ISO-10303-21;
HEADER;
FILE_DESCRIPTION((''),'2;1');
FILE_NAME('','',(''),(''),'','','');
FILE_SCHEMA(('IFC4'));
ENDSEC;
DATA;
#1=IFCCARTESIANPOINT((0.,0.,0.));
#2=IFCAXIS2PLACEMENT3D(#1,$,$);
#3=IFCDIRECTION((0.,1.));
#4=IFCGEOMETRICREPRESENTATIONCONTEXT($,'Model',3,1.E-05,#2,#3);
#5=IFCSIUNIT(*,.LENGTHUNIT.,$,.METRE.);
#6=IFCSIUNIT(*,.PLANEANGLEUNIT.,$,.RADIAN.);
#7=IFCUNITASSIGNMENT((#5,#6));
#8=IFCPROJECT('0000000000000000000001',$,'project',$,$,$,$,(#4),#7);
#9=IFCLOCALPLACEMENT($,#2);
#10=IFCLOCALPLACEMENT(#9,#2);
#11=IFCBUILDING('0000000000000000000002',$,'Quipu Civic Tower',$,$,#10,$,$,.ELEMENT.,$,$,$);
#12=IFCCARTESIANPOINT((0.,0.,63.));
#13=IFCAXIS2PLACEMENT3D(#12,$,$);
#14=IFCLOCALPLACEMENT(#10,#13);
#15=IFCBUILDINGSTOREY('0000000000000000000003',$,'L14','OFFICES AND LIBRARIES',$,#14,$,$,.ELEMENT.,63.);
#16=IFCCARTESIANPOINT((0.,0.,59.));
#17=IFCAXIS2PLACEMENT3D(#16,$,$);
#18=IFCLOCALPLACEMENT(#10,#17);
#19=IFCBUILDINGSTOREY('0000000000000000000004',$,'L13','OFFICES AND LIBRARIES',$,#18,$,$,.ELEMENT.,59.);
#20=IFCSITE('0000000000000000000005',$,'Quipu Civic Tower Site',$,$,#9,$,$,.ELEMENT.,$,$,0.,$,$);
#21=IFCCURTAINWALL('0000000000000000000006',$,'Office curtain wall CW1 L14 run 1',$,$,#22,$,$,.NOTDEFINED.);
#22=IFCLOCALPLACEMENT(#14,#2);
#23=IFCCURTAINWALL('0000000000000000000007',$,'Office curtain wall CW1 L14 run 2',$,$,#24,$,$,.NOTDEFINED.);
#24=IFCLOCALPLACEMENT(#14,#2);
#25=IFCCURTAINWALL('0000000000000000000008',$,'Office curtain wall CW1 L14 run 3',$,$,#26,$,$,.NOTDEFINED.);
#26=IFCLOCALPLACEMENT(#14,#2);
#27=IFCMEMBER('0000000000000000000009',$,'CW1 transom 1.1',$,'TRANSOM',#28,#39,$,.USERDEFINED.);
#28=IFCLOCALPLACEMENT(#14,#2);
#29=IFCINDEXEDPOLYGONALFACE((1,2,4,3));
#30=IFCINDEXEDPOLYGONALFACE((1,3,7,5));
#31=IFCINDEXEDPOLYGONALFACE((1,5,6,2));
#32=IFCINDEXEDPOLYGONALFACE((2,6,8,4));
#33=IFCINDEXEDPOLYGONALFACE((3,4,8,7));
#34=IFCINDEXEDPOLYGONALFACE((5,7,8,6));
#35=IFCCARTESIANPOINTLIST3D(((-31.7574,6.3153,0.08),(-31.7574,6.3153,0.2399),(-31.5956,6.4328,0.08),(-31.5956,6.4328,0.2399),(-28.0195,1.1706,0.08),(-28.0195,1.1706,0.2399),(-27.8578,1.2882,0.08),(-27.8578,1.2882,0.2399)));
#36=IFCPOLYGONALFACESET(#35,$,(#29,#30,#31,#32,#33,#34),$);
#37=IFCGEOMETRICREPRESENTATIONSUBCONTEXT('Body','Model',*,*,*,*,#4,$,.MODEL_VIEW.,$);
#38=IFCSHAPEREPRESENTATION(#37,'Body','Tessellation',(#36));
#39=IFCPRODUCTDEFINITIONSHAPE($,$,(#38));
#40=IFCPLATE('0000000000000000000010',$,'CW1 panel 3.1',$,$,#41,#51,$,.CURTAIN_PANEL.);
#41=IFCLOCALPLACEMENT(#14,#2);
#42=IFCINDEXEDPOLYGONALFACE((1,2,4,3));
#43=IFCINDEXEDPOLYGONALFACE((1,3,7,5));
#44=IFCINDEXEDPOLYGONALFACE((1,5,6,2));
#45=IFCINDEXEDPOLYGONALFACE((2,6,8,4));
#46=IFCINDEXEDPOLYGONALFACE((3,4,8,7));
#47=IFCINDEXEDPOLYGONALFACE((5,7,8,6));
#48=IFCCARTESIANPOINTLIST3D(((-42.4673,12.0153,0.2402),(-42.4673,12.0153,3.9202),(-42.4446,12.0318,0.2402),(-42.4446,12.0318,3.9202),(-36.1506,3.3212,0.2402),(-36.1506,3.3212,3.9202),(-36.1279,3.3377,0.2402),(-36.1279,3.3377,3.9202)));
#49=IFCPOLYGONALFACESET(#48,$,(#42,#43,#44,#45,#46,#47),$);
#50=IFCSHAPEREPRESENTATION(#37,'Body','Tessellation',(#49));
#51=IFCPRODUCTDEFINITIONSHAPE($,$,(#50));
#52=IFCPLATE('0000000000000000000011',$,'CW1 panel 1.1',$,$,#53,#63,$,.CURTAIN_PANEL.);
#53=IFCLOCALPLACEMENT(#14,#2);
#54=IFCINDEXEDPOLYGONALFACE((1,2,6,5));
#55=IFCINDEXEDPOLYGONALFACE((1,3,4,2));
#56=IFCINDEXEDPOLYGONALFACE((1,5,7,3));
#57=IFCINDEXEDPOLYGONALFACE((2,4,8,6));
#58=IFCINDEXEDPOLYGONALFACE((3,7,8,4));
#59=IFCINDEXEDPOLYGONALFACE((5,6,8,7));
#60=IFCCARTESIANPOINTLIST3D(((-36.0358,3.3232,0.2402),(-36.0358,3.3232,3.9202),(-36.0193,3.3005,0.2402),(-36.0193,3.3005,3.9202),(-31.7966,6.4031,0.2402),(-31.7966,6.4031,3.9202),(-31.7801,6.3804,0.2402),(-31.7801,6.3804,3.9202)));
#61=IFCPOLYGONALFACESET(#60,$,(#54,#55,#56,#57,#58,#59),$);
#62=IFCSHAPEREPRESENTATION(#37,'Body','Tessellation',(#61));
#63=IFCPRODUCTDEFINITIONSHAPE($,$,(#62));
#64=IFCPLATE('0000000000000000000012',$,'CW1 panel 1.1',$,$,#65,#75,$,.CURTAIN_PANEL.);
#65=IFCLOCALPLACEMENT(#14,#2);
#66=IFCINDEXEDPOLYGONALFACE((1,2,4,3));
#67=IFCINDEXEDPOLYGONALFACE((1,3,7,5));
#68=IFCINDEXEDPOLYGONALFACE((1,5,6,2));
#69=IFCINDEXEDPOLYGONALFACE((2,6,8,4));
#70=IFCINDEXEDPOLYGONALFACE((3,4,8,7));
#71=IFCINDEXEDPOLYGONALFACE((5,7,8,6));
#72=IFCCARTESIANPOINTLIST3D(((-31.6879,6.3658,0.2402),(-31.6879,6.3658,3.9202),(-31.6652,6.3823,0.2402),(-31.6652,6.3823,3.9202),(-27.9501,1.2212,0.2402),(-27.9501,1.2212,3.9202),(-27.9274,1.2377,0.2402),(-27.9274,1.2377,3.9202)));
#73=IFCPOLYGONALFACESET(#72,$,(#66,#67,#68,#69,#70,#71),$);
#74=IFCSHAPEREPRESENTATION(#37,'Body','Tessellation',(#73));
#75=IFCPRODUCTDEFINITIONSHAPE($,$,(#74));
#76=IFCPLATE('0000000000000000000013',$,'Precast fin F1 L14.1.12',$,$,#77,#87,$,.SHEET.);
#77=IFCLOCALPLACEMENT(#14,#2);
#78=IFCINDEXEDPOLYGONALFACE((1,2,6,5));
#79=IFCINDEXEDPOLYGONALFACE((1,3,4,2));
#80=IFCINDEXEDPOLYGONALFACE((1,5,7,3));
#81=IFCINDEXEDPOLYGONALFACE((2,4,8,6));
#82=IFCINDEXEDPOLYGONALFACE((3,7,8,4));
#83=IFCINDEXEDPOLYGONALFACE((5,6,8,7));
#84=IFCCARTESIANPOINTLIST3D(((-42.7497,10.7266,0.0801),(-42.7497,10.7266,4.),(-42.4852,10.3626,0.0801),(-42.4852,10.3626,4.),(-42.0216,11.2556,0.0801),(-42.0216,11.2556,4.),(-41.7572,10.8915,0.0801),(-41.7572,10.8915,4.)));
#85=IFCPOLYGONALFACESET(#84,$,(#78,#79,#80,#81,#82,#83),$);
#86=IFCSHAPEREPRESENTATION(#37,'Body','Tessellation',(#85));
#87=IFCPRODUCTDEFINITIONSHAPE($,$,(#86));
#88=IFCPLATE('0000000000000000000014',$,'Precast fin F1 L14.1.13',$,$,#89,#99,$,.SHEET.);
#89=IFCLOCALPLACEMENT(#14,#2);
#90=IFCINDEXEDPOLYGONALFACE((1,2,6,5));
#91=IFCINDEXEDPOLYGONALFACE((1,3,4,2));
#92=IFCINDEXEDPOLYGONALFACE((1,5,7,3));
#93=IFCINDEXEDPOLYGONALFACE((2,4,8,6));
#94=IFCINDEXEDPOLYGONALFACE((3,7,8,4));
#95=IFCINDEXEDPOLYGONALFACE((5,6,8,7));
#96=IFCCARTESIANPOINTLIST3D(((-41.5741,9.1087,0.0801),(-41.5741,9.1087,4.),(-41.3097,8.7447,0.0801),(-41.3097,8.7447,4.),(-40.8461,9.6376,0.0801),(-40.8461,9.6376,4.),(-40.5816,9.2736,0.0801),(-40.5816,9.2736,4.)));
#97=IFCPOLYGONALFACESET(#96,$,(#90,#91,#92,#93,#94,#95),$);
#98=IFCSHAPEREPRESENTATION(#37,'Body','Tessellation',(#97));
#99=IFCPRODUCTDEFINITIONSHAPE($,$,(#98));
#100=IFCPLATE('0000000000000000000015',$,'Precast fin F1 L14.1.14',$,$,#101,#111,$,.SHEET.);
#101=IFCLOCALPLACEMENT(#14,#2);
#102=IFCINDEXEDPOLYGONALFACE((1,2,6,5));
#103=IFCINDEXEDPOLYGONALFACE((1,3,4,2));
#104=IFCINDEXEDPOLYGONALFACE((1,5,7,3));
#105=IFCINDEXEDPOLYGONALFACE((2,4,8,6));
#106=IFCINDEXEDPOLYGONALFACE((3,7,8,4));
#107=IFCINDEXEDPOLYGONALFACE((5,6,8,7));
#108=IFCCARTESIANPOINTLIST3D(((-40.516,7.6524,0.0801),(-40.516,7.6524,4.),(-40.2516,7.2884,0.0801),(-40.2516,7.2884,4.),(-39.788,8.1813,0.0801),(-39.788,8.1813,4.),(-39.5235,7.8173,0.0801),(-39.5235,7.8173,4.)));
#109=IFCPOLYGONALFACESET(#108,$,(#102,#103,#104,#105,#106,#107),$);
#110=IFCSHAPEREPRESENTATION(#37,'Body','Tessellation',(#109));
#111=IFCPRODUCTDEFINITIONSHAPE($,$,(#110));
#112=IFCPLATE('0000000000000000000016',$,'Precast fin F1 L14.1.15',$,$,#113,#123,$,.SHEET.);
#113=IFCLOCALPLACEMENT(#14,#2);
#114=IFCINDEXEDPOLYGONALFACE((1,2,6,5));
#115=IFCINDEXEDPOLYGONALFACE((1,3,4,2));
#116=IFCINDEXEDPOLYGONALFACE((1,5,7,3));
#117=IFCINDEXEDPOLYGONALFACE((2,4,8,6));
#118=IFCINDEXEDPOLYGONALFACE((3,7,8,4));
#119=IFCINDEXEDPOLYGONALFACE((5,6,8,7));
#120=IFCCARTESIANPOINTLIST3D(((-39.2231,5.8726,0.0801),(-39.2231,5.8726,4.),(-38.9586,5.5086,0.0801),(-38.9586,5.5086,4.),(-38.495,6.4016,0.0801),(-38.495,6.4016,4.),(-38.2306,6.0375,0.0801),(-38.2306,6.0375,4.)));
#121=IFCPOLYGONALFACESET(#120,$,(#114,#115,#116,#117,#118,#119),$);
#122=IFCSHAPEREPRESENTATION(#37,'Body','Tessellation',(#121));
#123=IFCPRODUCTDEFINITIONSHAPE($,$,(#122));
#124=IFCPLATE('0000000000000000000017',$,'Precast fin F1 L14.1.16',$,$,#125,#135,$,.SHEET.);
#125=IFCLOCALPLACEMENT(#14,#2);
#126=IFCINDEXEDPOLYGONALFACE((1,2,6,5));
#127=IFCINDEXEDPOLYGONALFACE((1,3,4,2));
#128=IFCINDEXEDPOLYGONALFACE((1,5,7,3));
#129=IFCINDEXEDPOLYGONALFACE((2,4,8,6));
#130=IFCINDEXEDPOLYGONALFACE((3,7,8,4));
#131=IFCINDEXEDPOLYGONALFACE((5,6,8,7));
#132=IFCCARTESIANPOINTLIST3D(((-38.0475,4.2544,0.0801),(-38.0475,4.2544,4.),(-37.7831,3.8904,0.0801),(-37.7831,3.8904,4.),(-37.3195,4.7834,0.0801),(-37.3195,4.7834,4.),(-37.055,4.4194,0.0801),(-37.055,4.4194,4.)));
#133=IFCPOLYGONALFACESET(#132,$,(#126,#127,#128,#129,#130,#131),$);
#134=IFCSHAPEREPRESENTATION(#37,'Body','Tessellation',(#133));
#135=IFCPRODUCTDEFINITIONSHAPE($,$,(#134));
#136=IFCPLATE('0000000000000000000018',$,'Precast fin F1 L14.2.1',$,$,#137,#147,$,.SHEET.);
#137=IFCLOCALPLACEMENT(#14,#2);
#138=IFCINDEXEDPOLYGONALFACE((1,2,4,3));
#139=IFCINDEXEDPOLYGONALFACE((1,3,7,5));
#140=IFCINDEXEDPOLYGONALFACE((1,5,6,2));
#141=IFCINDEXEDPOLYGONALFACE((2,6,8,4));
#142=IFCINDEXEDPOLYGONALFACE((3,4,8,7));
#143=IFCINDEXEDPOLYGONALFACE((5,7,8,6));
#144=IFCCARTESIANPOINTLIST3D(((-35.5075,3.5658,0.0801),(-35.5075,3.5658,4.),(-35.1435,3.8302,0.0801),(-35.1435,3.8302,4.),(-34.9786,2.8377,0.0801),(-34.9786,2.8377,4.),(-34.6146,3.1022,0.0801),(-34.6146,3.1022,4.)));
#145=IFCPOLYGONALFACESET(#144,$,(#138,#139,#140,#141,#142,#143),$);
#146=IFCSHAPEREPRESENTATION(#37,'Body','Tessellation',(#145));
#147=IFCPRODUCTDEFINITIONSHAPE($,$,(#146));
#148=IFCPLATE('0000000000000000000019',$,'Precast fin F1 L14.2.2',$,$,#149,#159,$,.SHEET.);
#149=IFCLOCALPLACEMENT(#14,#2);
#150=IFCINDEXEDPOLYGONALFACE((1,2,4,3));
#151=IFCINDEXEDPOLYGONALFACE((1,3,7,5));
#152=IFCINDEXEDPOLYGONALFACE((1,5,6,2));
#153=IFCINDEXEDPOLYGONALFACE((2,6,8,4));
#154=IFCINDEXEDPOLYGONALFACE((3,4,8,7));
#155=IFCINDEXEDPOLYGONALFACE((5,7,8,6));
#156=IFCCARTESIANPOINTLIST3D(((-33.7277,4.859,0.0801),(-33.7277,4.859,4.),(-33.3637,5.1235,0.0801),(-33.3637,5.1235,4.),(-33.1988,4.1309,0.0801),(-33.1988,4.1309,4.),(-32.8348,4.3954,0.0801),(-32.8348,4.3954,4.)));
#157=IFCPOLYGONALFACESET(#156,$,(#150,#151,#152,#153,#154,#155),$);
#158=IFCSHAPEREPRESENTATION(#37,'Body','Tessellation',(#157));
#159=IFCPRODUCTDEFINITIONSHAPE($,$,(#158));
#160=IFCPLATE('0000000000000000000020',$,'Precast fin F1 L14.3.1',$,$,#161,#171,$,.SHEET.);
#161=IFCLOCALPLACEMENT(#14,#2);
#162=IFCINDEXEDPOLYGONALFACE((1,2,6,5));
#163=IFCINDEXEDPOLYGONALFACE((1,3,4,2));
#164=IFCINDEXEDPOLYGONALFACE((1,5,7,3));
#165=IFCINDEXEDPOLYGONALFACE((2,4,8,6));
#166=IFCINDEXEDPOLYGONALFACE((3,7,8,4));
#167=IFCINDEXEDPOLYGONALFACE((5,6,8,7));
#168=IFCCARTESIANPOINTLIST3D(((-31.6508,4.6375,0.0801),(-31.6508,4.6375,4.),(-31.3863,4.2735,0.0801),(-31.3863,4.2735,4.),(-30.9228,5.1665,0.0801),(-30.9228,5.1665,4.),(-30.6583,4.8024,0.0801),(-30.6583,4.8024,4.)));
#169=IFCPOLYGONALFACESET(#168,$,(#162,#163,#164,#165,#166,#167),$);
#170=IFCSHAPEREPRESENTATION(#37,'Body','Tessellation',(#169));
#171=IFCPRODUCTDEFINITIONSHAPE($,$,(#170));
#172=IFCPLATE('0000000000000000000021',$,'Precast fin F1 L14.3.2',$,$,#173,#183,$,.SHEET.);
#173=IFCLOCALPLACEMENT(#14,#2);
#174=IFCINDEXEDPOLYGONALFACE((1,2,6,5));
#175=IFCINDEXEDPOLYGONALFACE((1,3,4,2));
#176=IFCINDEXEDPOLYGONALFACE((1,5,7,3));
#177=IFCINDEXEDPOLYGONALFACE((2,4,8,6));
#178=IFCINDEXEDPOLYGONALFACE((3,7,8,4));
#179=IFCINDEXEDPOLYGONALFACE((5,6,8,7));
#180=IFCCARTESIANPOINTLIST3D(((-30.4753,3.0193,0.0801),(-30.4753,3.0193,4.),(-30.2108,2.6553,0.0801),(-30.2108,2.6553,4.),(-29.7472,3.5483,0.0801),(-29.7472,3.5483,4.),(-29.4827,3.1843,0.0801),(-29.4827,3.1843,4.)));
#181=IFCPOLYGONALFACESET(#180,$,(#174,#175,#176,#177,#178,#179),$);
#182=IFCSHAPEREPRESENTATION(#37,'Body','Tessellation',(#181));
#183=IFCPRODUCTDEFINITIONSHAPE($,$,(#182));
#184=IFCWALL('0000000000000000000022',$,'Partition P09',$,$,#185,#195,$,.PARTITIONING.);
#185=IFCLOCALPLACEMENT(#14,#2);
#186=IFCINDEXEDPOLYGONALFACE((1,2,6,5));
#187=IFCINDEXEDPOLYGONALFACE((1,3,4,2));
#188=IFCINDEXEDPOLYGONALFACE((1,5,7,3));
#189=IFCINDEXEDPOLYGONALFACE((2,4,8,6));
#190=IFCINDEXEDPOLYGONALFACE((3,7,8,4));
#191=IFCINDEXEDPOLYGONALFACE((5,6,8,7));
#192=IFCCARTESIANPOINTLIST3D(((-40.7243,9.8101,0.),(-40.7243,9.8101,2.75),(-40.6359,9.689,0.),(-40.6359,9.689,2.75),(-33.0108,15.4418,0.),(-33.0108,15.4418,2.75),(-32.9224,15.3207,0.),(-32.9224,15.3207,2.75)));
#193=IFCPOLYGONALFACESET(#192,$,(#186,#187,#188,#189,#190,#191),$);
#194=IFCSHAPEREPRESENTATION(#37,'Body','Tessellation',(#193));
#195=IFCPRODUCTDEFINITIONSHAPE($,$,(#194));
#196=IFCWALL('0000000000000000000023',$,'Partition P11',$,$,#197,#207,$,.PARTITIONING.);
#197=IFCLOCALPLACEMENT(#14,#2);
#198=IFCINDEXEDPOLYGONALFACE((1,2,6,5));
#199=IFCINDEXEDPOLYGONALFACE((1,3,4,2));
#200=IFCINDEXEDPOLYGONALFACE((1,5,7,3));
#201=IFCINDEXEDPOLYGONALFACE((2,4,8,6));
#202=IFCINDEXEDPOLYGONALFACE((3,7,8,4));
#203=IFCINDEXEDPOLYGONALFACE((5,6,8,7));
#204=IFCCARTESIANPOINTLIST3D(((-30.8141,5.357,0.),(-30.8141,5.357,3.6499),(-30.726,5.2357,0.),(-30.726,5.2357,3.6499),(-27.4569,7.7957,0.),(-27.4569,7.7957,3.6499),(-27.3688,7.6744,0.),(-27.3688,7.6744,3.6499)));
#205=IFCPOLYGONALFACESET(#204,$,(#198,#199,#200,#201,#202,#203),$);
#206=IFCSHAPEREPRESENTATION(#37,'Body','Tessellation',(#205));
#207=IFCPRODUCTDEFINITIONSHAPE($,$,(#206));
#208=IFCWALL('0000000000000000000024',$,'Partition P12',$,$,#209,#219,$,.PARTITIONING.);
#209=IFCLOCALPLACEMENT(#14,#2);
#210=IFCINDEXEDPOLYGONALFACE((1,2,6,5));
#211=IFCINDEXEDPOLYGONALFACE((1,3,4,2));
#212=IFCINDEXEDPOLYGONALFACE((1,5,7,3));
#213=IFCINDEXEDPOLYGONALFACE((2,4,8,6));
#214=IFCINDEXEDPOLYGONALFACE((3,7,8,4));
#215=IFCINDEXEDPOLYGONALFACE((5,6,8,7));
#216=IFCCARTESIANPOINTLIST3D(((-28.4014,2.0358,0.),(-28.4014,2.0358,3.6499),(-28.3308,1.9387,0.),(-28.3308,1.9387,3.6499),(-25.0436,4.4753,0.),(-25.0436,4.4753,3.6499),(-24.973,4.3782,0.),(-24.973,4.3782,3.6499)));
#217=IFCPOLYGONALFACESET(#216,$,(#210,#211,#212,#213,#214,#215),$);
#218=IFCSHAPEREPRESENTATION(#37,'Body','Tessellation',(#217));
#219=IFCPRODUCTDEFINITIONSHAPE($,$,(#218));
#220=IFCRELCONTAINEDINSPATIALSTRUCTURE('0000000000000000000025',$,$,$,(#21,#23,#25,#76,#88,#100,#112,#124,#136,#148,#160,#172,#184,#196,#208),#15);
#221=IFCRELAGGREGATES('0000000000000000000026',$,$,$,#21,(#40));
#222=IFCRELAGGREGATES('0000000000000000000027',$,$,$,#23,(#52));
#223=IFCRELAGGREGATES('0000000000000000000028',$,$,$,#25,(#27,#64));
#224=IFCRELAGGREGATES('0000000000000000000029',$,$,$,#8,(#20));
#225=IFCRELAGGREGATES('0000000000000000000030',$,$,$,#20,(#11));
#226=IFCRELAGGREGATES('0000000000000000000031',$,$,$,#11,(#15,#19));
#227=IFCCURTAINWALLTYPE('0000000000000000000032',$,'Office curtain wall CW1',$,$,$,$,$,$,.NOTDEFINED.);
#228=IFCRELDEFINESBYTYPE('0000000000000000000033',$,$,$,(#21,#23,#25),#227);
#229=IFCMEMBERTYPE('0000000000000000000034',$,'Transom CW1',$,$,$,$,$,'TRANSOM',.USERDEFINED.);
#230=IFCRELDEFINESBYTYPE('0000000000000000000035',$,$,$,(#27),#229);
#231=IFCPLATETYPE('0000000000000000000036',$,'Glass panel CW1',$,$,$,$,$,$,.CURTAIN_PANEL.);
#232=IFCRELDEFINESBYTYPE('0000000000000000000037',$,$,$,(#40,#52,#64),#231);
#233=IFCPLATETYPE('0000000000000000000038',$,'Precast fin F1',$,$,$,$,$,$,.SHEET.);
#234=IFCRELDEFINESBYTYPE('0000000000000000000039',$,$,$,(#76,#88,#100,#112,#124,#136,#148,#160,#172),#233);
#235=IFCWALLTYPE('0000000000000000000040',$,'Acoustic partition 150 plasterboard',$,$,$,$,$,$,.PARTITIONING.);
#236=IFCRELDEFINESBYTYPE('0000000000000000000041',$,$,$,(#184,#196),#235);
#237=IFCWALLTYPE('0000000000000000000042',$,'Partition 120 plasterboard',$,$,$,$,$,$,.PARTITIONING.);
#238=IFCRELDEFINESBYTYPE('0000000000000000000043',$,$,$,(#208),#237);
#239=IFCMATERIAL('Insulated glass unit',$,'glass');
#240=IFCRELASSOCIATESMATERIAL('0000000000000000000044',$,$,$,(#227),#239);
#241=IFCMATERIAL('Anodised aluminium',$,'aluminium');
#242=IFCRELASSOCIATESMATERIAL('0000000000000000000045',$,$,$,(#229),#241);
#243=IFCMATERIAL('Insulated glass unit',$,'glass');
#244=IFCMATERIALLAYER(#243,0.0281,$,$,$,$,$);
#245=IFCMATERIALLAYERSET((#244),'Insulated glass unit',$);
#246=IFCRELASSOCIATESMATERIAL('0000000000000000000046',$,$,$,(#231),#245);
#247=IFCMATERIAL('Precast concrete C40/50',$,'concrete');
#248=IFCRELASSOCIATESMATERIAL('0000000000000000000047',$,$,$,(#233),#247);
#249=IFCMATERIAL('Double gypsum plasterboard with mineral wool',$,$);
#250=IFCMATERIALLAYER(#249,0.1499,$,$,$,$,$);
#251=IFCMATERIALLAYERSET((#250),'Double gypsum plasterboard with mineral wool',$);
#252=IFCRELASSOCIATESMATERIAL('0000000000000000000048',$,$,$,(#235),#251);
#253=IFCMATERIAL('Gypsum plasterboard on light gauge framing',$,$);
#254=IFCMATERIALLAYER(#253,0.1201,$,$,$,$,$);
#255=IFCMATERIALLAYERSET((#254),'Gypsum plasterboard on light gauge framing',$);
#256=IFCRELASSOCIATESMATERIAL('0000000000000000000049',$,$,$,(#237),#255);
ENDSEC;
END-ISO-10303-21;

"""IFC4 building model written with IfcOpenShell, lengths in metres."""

from ifc_helpers import new_model, si_unit, direction, frame, frame_2d, origin, origin_2d, place, context, subcontext, project, spatial, rectangle, extrude, material, layer, layer_set, material_profile, profile_set, type_object, element, aggregate, save


model = new_model("IFC4")

# Units and contexts
model_context = context("Model", 3, precision=1e-05, world=origin(), true_north=direction((0.0, 1.0)))
body_context = subcontext(model_context, "Body", "Model", "MODEL_VIEW")
ifc_project = project(units=[si_unit("LENGTHUNIT", "METRE"), si_unit("PLANEANGLEUNIT", "RADIAN")], contexts=[model_context])

# Site, building, storey
site_placement = place(None, origin())
site = spatial("IfcSite", under=ifc_project, at=site_placement, Name="Quipu Civic Tower Site", CompositionType="ELEMENT", RefElevation=0.0)
building_placement = place(site_placement, origin())
building = spatial("IfcBuilding", under=site, at=building_placement, Name="Quipu Civic Tower", CompositionType="ELEMENT")
storey_1_placement = place(building_placement, frame((0.0, 0.0, 63.0)))
storey_1 = spatial("IfcBuildingStorey", under=building, at=storey_1_placement, Name="L14", Description="OFFICES AND LIBRARIES", CompositionType="ELEMENT", Elevation=63.0)

# Curtain wall
ifc_material_1 = material(Name="Insulated glass unit", Category="glass")
curtain_wall_type = type_object("IfcCurtainWallType", Name="Office curtain wall CW1", PredefinedType="NOTDEFINED", material=ifc_material_1)
curtain_wall_1_placement = place(storey_1_placement, origin())
curtain_wall_1 = element("IfcCurtainWall", 1, at=curtain_wall_1_placement, inside=storey_1, type_object=curtain_wall_type, Name="Office curtain wall CW1 L14 run 1", PredefinedType="NOTDEFINED")

# Curtain wall
curtain_wall_2_placement = place(storey_1_placement, origin())
curtain_wall_2 = element("IfcCurtainWall", 2, at=curtain_wall_2_placement, inside=storey_1, type_object=curtain_wall_type, Name="Office curtain wall CW1 L14 run 2", PredefinedType="NOTDEFINED")

# Curtain wall
curtain_wall_3_placement = place(storey_1_placement, origin())
curtain_wall_3 = element("IfcCurtainWall", 3, at=curtain_wall_3_placement, inside=storey_1, type_object=curtain_wall_type, Name="Office curtain wall CW1 L14 run 3", PredefinedType="NOTDEFINED")

# Shared definitions
storey_2_placement = place(building_placement, frame((0.0, 0.0, 59.0)))
storey_2 = spatial("IfcBuildingStorey", under=building, at=storey_2_placement, Name="L13", Description="OFFICES AND LIBRARIES", CompositionType="ELEMENT", Elevation=59.0)

# Shared definitions
ifc_material_2 = material(Name="Anodised aluminium", Category="aluminium")
ifc_material_profile_1 = material_profile(ifc_material_2, rectangle(XDim=0.2, YDim=0.1599, at=origin_2d()), Name="RECT 200x160")
ifc_profile_set_1 = profile_set([ifc_material_profile_1], Name="Anodised aluminium")
member_type_1 = type_object("IfcMemberType", Name="Transom CW1", ElementType="TRANSOM", PredefinedType="USERDEFINED", material=ifc_profile_set_1)

# Member
member_1_placement = place(storey_1_placement, frame((-31.6765, 6.374, 0.1599), z_axis=(0.587793, -0.809012, 0.0), x_axis=(0.809012, 0.587793, 0.0)))
member_1 = element("IfcMember", 4, at=member_1_placement, type_object=member_type_1, Name="CW1 transom 1.1", ObjectType="TRANSOM", PredefinedType="USERDEFINED", context=body_context, shape_type="SweptSolid", body=[
    extrude(rectangle(XDim=0.2, YDim=0.1599, at=origin_2d()), origin(), (0.0, 0.0, 1.0), 6.3591),
])

# Plates
ifc_material_3 = material(Name="Insulated glass unit", Category="glass")
ifc_layer_1 = layer(ifc_material_3, 0.0281)
ifc_layer_set_1 = layer_set([ifc_layer_1], Name="Insulated glass unit")
plate_type_1 = type_object("IfcPlateType", Name="Glass panel CW1", PredefinedType="CURTAIN_PANEL", material=ifc_layer_set_1)
plate_1_placement = place(storey_1_placement, frame((-39.2976, 7.6765, 0.2402), z_axis=(0.0, 0.0, 1.0), x_axis=(0.587786, -0.809016, 0.0)))
plate_1 = element("IfcPlate", 5, at=plate_1_placement, type_object=plate_type_1, Name="CW1 panel 3.1", PredefinedType="CURTAIN_PANEL", context=body_context, shape_type="SweptSolid", body=[
    extrude(rectangle(XDim=10.7466, YDim=0.0281, at=origin_2d()), origin(), (0.0, 0.0, 1.0), 3.6799),
])
aggregate(curtain_wall_1, [plate_1])
plate_2_placement = place(storey_1_placement, frame((-33.908, 4.8518, 0.2402), z_axis=(0.0, 0.0, 1.0), x_axis=(0.809021, 0.58778, 0.0)))
plate_2 = element("IfcPlate", 6, at=plate_2_placement, type_object=plate_type_1, Name="CW1 panel 1.1", PredefinedType="CURTAIN_PANEL", context=body_context, shape_type="SweptSolid", body=[
    extrude(rectangle(XDim=5.24, YDim=0.0281, at=origin_2d()), origin(), (0.0, 0.0, 1.0), 3.6799),
])
aggregate(curtain_wall_2, [plate_2])
plate_3_placement = place(storey_1_placement, frame((-29.8076, 3.8018, 0.2402), z_axis=(0.0, 0.0, 1.0), x_axis=(0.587787, -0.809016, 0.0)))
plate_3 = element("IfcPlate", 7, at=plate_3_placement, type_object=plate_type_1, Name="CW1 panel 1.1", PredefinedType="CURTAIN_PANEL", context=body_context, shape_type="SweptSolid", body=[
    extrude(rectangle(XDim=6.3591, YDim=0.0281, at=origin_2d()), origin(), (0.0, 0.0, 1.0), 3.6799),
])
aggregate(curtain_wall_3, [member_1, plate_3])

# Plates
ifc_material_4 = material(Name="Precast concrete C40/50", Category="concrete")
plate_type_2 = type_object("IfcPlateType", Name="Precast fin F1", PredefinedType="SHEET", material=ifc_material_4)
for number, where, z_axis, x_axis, name in (
    (8, (-42.2534, 10.8091, 0.0801), (0.0, 0.0, 1.0), (0.587785, -0.809017, 0.0), "Precast fin F1 L14.1.12"),
    (9, (-41.0779, 9.1912, 0.0801), (0.0, 0.0, 1.0), (0.587785, -0.809017, 0.0), "Precast fin F1 L14.1.13"),
    (10, (-40.0198, 7.7349, 0.0801), (0.0, 0.0, 1.0), (0.587785, -0.809017, 0.0), "Precast fin F1 L14.1.14"),
    (11, (-38.7268, 5.9551, 0.0801), (0.0, 0.0, 1.0), (0.587785, -0.809017, 0.0), "Precast fin F1 L14.1.15"),
    (12, (-37.5513, 4.3369, 0.0801), (0.0, 0.0, 1.0), (0.587785, -0.809017, 0.0), "Precast fin F1 L14.1.16"),
    (13, (-35.061, 3.334, 0.0801), (0.0, 0.0, 1.0), (0.809021, 0.58778, 0.0), "Precast fin F1 L14.2.1"),
    (14, (-33.2812, 4.6272, 0.0801), (0.0, 0.0, 1.0), (0.809021, 0.58778, 0.0), "Precast fin F1 L14.2.2"),
    (15, (-31.1545, 4.72, 0.0801), (0.0, 0.0, 1.0), (0.587784, -0.809018, 0.0), "Precast fin F1 L14.3.1"),
    (16, (-29.979, 3.1018, 0.0801), (0.0, 0.0, 1.0), (0.587784, -0.809018, 0.0), "Precast fin F1 L14.3.2"),
):
    element("IfcPlate", number, at=place(storey_1_placement, frame(where, z_axis=z_axis, x_axis=x_axis)), inside=storey_1, type_object=plate_type_2, Name=name, PredefinedType="SHEET", context=body_context, shape_type="SweptSolid", body=[
        extrude(rectangle(XDim=0.45, YDim=0.8999, at=origin_2d()), origin(), (0.0, 0.0, 1.0), 3.9199),
    ])

# Walls
ifc_material_5 = material(Name="Double gypsum plasterboard with mineral wool")
ifc_layer_2 = layer(ifc_material_5, 0.1499)
ifc_layer_set_2 = layer_set([ifc_layer_2], Name="Double gypsum plasterboard with mineral wool")
wall_type_1 = type_object("IfcWallType", Name="Acoustic partition 150 plasterboard", PredefinedType="PARTITIONING", material=ifc_layer_set_2)
wall_1_placement = place(storey_1_placement, frame((-40.6802, 9.7495, 0.0), z_axis=(0.0, 0.0, 1.0), x_axis=(0.807646, 0.589668, 0.0)))
element("IfcWall", 17, at=wall_1_placement, inside=storey_1, type_object=wall_type_1, Name="Partition P09", PredefinedType="PARTITIONING", context=body_context, shape_type="SweptSolid", body=[
    extrude(rectangle(XDim=9.5505, YDim=0.1499, at=frame_2d((4.7754, 0.0))), origin(), (0.0, 0.0, 1.0), 2.75),
])
wall_2_placement = place(storey_1_placement, frame((-30.77, 5.2964, 0.0), z_axis=(0.0, 0.0, 1.0), x_axis=(0.809064, 0.58772, 0.0)))
element("IfcWall", 18, at=wall_2_placement, inside=storey_1, type_object=wall_type_1, Name="Partition P11", PredefinedType="PARTITIONING", context=body_context, shape_type="SweptSolid", body=[
    extrude(rectangle(XDim=4.1494, YDim=0.1499, at=frame_2d((2.0747, 0.0))), origin(), (0.0, 0.0, 1.0), 3.6499),
])
ifc_material_6 = material(Name="Gypsum plasterboard on light gauge framing")
ifc_layer_3 = layer(ifc_material_6, 0.1201)
ifc_layer_set_3 = layer_set([ifc_layer_3], Name="Gypsum plasterboard on light gauge framing")
wall_type_2 = type_object("IfcWallType", Name="Partition 120 plasterboard", PredefinedType="PARTITIONING", material=ifc_layer_set_3)
wall_3_placement = place(storey_1_placement, frame((-25.0083, 4.4268, 0.0), z_axis=(0.0, 0.0, 1.0), x_axis=(-0.809021, -0.58778, 0.0)))
element("IfcWall", 19, at=wall_3_placement, inside=storey_1, type_object=wall_type_2, Name="Partition P12", PredefinedType="PARTITIONING", context=body_context, shape_type="SweptSolid", body=[
    extrude(rectangle(XDim=4.1504, YDim=0.1201, at=frame_2d((2.0752, 0.0))), origin(), (0.0, 0.0, 1.0), 3.6499),
])

save(model, "model.ifc")
